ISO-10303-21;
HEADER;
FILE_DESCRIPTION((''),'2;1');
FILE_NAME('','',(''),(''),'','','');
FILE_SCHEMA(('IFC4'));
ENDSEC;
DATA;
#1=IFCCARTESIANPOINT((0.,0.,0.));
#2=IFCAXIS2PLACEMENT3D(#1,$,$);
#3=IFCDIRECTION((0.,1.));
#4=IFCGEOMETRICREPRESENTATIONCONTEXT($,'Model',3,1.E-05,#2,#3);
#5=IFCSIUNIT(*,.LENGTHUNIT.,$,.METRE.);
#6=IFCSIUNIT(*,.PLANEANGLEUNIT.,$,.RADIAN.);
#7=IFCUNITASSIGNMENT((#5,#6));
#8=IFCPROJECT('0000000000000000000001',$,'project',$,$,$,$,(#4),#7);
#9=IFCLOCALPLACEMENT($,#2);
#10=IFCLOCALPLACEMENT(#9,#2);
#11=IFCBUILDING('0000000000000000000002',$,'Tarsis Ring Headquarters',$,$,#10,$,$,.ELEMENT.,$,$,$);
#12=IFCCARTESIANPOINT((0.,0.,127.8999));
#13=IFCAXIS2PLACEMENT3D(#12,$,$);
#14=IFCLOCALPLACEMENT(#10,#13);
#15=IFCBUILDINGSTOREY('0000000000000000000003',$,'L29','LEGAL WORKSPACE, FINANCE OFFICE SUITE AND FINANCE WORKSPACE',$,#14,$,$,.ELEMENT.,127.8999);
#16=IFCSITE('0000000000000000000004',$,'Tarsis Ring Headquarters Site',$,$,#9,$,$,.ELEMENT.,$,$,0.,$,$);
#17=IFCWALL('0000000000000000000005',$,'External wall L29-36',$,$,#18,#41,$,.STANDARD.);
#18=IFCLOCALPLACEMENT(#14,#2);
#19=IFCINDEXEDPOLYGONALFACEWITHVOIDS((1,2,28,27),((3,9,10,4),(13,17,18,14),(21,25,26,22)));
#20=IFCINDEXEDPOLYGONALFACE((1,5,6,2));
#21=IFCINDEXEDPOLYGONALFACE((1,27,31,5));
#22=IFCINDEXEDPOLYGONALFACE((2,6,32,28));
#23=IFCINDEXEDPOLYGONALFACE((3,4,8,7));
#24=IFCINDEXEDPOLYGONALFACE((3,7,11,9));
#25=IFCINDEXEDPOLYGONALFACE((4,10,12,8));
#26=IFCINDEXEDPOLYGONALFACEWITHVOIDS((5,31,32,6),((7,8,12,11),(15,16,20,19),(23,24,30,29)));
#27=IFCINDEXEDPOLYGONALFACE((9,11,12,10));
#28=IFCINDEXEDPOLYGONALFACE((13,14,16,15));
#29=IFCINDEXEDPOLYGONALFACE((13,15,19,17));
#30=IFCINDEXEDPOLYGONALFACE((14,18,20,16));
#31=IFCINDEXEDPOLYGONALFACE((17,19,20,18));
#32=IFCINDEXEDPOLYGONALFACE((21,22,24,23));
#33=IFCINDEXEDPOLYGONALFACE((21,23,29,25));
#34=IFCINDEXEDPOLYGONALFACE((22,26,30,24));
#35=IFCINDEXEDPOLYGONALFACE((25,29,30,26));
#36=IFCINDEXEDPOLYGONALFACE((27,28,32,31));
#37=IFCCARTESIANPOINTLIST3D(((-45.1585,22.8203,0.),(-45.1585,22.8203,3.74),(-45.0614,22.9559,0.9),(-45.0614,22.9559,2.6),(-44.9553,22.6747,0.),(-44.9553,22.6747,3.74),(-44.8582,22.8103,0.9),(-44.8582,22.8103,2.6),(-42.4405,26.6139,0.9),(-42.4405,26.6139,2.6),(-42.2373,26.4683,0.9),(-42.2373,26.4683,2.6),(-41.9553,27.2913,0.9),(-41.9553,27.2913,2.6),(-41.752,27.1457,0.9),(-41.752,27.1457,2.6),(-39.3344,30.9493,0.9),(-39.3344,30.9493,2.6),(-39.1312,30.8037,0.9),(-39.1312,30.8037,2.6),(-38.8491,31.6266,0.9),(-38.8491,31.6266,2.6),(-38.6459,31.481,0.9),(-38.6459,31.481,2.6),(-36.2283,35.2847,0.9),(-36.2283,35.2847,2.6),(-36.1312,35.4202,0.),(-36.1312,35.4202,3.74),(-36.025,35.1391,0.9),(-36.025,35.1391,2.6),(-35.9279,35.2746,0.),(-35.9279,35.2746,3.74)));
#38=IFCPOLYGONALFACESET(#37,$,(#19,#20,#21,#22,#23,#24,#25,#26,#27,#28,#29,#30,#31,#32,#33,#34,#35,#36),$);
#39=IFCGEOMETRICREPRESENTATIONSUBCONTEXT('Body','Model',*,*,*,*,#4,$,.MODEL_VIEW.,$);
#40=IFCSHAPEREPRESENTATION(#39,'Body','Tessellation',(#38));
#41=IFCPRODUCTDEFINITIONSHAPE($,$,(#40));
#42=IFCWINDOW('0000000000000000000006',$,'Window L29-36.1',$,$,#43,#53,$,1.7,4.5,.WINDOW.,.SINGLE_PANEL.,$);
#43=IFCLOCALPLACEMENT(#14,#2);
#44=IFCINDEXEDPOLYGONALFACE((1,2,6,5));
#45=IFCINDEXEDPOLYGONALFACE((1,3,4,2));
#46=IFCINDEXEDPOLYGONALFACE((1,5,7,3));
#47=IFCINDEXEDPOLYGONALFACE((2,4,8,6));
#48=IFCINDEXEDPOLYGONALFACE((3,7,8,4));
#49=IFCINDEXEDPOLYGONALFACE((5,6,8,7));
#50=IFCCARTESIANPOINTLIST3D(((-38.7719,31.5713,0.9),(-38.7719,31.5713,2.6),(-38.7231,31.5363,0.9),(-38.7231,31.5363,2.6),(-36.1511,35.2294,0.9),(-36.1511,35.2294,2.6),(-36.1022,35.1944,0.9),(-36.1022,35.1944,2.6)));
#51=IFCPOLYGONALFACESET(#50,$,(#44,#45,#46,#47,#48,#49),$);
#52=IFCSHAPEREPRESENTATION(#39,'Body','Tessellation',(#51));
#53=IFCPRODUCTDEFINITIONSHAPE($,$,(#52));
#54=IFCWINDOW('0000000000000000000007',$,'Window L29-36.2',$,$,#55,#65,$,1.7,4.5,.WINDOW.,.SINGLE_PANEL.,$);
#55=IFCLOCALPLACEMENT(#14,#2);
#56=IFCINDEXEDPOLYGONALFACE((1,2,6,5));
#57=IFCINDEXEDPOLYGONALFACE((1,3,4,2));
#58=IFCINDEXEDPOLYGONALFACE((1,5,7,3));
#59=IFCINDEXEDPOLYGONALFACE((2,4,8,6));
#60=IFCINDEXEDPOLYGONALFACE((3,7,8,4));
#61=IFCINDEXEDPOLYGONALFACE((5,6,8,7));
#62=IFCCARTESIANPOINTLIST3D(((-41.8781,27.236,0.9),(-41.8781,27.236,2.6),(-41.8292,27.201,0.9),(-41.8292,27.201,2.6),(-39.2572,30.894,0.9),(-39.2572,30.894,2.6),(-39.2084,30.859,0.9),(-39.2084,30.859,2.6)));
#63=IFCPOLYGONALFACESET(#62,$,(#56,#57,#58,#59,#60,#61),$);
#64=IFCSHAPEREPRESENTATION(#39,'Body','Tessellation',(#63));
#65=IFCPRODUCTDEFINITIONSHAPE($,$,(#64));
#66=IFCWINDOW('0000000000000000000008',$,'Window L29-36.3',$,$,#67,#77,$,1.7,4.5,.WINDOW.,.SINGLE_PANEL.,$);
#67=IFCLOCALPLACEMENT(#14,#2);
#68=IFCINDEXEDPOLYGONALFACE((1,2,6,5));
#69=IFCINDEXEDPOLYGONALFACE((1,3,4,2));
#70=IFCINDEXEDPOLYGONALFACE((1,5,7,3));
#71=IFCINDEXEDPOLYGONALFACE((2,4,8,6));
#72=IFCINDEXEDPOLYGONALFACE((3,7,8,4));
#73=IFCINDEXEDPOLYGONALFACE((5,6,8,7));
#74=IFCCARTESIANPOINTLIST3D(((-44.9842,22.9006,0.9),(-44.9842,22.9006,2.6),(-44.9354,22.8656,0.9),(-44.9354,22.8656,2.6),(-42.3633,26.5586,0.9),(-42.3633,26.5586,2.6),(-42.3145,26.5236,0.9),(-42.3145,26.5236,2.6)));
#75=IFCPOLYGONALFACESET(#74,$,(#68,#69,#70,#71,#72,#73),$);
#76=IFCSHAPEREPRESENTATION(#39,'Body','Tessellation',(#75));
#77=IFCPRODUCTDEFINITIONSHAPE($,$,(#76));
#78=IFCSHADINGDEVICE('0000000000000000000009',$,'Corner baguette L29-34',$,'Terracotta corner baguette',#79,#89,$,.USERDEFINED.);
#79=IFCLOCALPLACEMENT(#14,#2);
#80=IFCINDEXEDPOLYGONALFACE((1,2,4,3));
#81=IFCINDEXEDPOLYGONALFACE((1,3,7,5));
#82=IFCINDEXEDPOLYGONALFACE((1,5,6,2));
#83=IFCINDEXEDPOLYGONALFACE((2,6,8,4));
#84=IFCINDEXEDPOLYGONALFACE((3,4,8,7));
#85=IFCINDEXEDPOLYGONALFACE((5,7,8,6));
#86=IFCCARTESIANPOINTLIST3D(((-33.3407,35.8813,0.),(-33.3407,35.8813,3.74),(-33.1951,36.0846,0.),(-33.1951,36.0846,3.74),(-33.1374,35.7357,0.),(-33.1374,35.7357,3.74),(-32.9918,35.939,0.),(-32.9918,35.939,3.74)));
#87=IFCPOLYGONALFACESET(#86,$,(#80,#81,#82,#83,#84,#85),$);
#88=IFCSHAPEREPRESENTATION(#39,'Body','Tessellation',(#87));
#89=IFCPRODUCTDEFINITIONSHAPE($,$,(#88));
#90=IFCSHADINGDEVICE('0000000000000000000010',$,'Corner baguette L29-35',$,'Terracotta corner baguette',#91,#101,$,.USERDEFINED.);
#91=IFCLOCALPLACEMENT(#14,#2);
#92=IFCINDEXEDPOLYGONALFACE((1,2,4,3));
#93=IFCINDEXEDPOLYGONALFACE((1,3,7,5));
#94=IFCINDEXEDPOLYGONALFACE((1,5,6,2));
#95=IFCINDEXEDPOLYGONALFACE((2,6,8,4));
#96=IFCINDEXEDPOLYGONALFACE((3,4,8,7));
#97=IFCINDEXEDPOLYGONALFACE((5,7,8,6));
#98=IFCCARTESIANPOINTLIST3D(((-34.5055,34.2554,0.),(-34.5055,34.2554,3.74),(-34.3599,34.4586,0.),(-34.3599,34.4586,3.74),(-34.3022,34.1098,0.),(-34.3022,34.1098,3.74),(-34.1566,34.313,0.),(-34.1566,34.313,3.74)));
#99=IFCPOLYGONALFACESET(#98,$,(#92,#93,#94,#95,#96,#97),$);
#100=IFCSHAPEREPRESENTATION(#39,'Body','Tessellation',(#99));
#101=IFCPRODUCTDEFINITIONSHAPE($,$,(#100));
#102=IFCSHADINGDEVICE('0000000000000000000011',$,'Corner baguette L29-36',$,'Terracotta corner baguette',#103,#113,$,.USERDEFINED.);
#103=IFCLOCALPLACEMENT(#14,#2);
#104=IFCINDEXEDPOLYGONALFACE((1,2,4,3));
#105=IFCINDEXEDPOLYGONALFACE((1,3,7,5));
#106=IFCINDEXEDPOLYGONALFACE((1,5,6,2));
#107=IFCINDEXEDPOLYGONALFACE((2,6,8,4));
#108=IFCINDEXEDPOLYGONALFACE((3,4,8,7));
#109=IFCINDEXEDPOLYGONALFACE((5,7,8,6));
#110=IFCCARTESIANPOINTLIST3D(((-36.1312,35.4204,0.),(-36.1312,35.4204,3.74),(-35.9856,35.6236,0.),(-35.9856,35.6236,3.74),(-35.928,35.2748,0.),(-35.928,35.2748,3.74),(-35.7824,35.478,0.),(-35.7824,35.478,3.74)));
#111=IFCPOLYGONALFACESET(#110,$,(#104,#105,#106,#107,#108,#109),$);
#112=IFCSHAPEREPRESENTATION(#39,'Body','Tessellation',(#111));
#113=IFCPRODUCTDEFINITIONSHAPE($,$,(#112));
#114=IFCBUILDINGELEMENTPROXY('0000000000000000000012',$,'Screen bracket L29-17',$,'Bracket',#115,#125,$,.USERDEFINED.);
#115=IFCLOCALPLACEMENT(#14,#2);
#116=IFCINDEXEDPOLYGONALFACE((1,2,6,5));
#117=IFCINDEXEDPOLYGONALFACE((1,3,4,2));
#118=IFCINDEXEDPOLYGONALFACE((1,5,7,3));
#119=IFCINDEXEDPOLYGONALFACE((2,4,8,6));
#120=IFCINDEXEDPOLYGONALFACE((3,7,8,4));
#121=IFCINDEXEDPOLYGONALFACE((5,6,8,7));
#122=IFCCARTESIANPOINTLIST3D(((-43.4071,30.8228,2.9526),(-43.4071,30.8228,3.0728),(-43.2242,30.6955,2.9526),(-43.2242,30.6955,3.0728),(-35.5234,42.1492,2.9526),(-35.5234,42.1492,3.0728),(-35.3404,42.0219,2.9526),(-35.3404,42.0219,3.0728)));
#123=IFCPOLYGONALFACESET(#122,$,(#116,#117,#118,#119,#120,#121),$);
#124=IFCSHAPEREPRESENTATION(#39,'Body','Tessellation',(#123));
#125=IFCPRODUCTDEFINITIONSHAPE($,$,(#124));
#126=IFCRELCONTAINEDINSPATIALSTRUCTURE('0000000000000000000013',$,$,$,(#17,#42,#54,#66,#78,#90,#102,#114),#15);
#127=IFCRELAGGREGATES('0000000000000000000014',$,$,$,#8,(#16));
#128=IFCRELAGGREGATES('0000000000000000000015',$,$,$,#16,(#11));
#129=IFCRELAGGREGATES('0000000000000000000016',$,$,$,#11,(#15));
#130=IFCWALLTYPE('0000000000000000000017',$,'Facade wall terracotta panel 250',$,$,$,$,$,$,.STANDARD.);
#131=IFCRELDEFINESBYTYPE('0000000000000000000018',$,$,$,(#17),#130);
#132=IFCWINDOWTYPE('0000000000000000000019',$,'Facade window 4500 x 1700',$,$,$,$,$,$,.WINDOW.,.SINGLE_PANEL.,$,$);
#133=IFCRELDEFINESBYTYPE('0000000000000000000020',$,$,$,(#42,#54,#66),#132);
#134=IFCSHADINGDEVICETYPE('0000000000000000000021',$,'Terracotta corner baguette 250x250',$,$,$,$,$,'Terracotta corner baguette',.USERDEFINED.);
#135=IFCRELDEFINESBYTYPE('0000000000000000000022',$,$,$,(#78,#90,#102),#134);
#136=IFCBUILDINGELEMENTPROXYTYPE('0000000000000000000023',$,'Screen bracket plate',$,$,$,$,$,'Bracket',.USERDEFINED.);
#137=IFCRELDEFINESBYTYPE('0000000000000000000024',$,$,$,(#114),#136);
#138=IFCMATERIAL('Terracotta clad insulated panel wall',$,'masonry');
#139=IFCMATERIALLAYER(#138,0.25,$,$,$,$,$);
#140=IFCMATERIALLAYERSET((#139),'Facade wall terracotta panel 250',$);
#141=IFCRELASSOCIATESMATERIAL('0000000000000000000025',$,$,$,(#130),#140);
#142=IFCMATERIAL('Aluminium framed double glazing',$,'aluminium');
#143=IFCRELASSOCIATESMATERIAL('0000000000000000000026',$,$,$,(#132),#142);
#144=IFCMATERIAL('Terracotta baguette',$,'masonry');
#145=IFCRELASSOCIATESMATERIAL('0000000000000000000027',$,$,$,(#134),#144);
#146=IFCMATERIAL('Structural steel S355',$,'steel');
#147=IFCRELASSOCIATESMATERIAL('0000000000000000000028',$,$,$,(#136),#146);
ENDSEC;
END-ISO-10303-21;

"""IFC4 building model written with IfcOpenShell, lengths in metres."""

from ifc_helpers import new_model, si_unit, direction, frame, frame_2d, origin, origin_2d, place, context, subcontext, project, spatial, rectangle, extrude, material, layer, layer_set, type_object, element, fill, save


model = new_model("IFC4")

# Units and contexts
model_context = context("Model", 3, precision=1e-05, world=origin(), true_north=direction((0.0, 1.0)))
body_context = subcontext(model_context, "Body", "Model", "MODEL_VIEW")
ifc_project = project(units=[si_unit("LENGTHUNIT", "METRE"), si_unit("PLANEANGLEUNIT", "RADIAN")], contexts=[model_context])

# Site, building, storey
site_placement = place(None, origin())
site = spatial("IfcSite", under=ifc_project, at=site_placement, Name="Tarsis Ring Headquarters Site", CompositionType="ELEMENT", RefElevation=0.0)
building_placement = place(site_placement, origin())
building = spatial("IfcBuilding", under=site, at=building_placement, Name="Tarsis Ring Headquarters", CompositionType="ELEMENT")
storey_placement = place(building_placement, frame((0.0, 0.0, 127.8999)))
storey = spatial("IfcBuildingStorey", under=building, at=storey_placement, Name="L29", Description="LEGAL WORKSPACE, FINANCE OFFICE SUITE AND FINANCE WORKSPACE", CompositionType="ELEMENT", Elevation=127.8999)

# Shared definitions
ifc_material_1 = material(Name="Structural steel S355", Category="steel")

# Shared definitions
ifc_material_2 = material(Name="Terracotta clad insulated panel wall", Category="masonry")
ifc_layer_1 = layer(ifc_material_2, 0.25)
ifc_layer_set_1 = layer_set([ifc_layer_1], Name="Facade wall terracotta panel 250")
wall_type_1 = type_object("IfcWallType", Name="Facade wall terracotta panel 250", PredefinedType="STANDARD", material=ifc_layer_set_1)

# Wall, openings, windows
wall_1_placement = place(storey_placement, frame((-36.0295, 35.3474, 0.0), z_axis=(0.0, 0.0, 1.0), x_axis=(-0.58241, -0.812895, 0.0)))
wall_1 = element("IfcWall", 1, at=wall_1_placement, inside=storey, type_object=wall_type_1, Name="External wall L29-36", PredefinedType="STANDARD", context=body_context, shape_type="SweptSolid", body=[
    extrude(rectangle(XDim=15.5, YDim=0.25, at=frame_2d((7.75, 0.0))), origin(), (0.0, 0.0, 1.0), 3.74),
])
opening_1_placement = place(wall_1_placement, frame((0.1667, 0.0, 0.8999)))
opening_1 = element("IfcOpeningElement", 2, at=opening_1_placement, cuts=wall_1, PredefinedType="OPENING", context=body_context, shape_type="SweptSolid", body=[
    extrude(rectangle(XDim=4.5, YDim=1.7, at=frame_2d((2.25, 0.8501))), frame((0.0, 0.135, 0.0), z_axis=(0.0, -1.0, 0.0), x_axis=(1.0, 0.0, 0.0)), (0.0, 0.0, 1.0), 0.27),
])
opening_2_placement = place(wall_1_placement, frame((5.5, 0.0, 0.8999)))
opening_2 = element("IfcOpeningElement", 3, at=opening_2_placement, cuts=wall_1, PredefinedType="OPENING", context=body_context, shape_type="SweptSolid", body=[
    extrude(rectangle(XDim=4.5, YDim=1.7, at=frame_2d((2.25, 0.8501))), frame((0.0, 0.135, 0.0), z_axis=(0.0, -1.0, 0.0), x_axis=(1.0, 0.0, 0.0)), (0.0, 0.0, 1.0), 0.27),
])
opening_3_placement = place(wall_1_placement, frame((10.8333, 0.0, 0.8999)))
opening_3 = element("IfcOpeningElement", 4, at=opening_3_placement, cuts=wall_1, PredefinedType="OPENING", context=body_context, shape_type="SweptSolid", body=[
    extrude(rectangle(XDim=4.5, YDim=1.7, at=frame_2d((2.25, 0.8501))), frame((0.0, 0.135, 0.0), z_axis=(0.0, -1.0, 0.0), x_axis=(1.0, 0.0, 0.0)), (0.0, 0.0, 1.0), 0.27),
])
ifc_material_3 = material(Name="Aluminium framed double glazing", Category="aluminium")
window_type = type_object("IfcWindowType", Name="Facade window 4500 x 1700", PartitioningType="SINGLE_PANEL", PredefinedType="WINDOW", material=ifc_material_3)
window_1_placement = place(opening_1_placement, origin())
window_1 = element("IfcWindow", 5, at=window_1_placement, inside=storey, type_object=window_type, Name="Window L29-36.1", OverallHeight=1.7, OverallWidth=4.5, PartitioningType="SINGLE_PANEL", PredefinedType="WINDOW", context=body_context, shape_type="SweptSolid", body=[
    extrude(rectangle(XDim=4.5, YDim=1.7, at=frame_2d((2.25, 0.8501))), frame((0.0, 0.03, 0.0), z_axis=(0.0, -1.0, 0.0), x_axis=(1.0, 0.0, 0.0)), (0.0, 0.0, 1.0), 0.0601),
])
fill(opening_1, window_1)
window_2_placement = place(opening_2_placement, origin())
window_2 = element("IfcWindow", 6, at=window_2_placement, inside=storey, type_object=window_type, Name="Window L29-36.2", OverallHeight=1.7, OverallWidth=4.5, PartitioningType="SINGLE_PANEL", PredefinedType="WINDOW", context=body_context, shape_type="SweptSolid", body=[
    extrude(rectangle(XDim=4.5, YDim=1.7, at=frame_2d((2.25, 0.8501))), frame((0.0, 0.03, 0.0), z_axis=(0.0, -1.0, 0.0), x_axis=(1.0, 0.0, 0.0)), (0.0, 0.0, 1.0), 0.0601),
])
fill(opening_2, window_2)
window_3_placement = place(opening_3_placement, origin())
window_3 = element("IfcWindow", 7, at=window_3_placement, inside=storey, type_object=window_type, Name="Window L29-36.3", OverallHeight=1.7, OverallWidth=4.5, PartitioningType="SINGLE_PANEL", PredefinedType="WINDOW", context=body_context, shape_type="SweptSolid", body=[
    extrude(rectangle(XDim=4.5, YDim=1.7, at=frame_2d((2.25, 0.8501))), frame((0.0, 0.03, 0.0), z_axis=(0.0, -1.0, 0.0), x_axis=(1.0, 0.0, 0.0)), (0.0, 0.0, 1.0), 0.0601),
])
fill(opening_3, window_3)

# Shading devices
ifc_material_4 = material(Name="Terracotta baguette", Category="masonry")
shading_device_type_1 = type_object("IfcShadingDeviceType", Name="Terracotta corner baguette 250x250", ElementType="Terracotta corner baguette", PredefinedType="USERDEFINED", material=ifc_material_4)
for number, where, z_axis, x_axis, name in (
    (8, (-33.1663, 35.9102, 0.0), (0.0, 0.0, 1.0), (-0.812897, 0.582407, 0.0), "Corner baguette L29-34"),
    (9, (-34.3311, 34.2842, 0.0), (0.0, 0.0, 1.0), (-0.582407, -0.812897, 0.0), "Corner baguette L29-35"),
    (10, (-35.9568, 35.4492, 0.0), (0.0, 0.0, 1.0), (-0.812898, 0.582407, 0.0), "Corner baguette L29-36"),
):
    element("IfcShadingDevice", number, at=place(storey_placement, frame(where, z_axis=z_axis, x_axis=x_axis)), inside=storey, type_object=shading_device_type_1, Name=name, ObjectType="Terracotta corner baguette", PredefinedType="USERDEFINED", context=body_context, shape_type="SweptSolid", body=[
        extrude(rectangle(XDim=0.25, YDim=0.25, at=origin_2d()), origin(), (0.0, 0.0, 1.0), 3.74),
    ])

# Building element proxy
building_element_proxy_type = type_object("IfcBuildingElementProxyType", Name="Screen bracket plate", ElementType="Bracket", PredefinedType="USERDEFINED", material=ifc_material_1)
proxy_placement = place(storey_placement, frame((-39.3738, 36.4224, 2.9526), z_axis=(0.0, 0.0, 1.0), x_axis=(-0.571287, -0.820751, 0.0)))
element("IfcBuildingElementProxy", 11, at=proxy_placement, inside=storey, type_object=building_element_proxy_type, Name="Screen bracket L29-17", ObjectType="Bracket", PredefinedType="USERDEFINED", context=body_context, shape_type="SweptSolid", body=[
    extrude(rectangle(XDim=13.8, YDim=0.2229, at=origin_2d()), origin(), (0.0, 0.0, 1.0), 0.1201),
])

save(model, "model.ifc")
